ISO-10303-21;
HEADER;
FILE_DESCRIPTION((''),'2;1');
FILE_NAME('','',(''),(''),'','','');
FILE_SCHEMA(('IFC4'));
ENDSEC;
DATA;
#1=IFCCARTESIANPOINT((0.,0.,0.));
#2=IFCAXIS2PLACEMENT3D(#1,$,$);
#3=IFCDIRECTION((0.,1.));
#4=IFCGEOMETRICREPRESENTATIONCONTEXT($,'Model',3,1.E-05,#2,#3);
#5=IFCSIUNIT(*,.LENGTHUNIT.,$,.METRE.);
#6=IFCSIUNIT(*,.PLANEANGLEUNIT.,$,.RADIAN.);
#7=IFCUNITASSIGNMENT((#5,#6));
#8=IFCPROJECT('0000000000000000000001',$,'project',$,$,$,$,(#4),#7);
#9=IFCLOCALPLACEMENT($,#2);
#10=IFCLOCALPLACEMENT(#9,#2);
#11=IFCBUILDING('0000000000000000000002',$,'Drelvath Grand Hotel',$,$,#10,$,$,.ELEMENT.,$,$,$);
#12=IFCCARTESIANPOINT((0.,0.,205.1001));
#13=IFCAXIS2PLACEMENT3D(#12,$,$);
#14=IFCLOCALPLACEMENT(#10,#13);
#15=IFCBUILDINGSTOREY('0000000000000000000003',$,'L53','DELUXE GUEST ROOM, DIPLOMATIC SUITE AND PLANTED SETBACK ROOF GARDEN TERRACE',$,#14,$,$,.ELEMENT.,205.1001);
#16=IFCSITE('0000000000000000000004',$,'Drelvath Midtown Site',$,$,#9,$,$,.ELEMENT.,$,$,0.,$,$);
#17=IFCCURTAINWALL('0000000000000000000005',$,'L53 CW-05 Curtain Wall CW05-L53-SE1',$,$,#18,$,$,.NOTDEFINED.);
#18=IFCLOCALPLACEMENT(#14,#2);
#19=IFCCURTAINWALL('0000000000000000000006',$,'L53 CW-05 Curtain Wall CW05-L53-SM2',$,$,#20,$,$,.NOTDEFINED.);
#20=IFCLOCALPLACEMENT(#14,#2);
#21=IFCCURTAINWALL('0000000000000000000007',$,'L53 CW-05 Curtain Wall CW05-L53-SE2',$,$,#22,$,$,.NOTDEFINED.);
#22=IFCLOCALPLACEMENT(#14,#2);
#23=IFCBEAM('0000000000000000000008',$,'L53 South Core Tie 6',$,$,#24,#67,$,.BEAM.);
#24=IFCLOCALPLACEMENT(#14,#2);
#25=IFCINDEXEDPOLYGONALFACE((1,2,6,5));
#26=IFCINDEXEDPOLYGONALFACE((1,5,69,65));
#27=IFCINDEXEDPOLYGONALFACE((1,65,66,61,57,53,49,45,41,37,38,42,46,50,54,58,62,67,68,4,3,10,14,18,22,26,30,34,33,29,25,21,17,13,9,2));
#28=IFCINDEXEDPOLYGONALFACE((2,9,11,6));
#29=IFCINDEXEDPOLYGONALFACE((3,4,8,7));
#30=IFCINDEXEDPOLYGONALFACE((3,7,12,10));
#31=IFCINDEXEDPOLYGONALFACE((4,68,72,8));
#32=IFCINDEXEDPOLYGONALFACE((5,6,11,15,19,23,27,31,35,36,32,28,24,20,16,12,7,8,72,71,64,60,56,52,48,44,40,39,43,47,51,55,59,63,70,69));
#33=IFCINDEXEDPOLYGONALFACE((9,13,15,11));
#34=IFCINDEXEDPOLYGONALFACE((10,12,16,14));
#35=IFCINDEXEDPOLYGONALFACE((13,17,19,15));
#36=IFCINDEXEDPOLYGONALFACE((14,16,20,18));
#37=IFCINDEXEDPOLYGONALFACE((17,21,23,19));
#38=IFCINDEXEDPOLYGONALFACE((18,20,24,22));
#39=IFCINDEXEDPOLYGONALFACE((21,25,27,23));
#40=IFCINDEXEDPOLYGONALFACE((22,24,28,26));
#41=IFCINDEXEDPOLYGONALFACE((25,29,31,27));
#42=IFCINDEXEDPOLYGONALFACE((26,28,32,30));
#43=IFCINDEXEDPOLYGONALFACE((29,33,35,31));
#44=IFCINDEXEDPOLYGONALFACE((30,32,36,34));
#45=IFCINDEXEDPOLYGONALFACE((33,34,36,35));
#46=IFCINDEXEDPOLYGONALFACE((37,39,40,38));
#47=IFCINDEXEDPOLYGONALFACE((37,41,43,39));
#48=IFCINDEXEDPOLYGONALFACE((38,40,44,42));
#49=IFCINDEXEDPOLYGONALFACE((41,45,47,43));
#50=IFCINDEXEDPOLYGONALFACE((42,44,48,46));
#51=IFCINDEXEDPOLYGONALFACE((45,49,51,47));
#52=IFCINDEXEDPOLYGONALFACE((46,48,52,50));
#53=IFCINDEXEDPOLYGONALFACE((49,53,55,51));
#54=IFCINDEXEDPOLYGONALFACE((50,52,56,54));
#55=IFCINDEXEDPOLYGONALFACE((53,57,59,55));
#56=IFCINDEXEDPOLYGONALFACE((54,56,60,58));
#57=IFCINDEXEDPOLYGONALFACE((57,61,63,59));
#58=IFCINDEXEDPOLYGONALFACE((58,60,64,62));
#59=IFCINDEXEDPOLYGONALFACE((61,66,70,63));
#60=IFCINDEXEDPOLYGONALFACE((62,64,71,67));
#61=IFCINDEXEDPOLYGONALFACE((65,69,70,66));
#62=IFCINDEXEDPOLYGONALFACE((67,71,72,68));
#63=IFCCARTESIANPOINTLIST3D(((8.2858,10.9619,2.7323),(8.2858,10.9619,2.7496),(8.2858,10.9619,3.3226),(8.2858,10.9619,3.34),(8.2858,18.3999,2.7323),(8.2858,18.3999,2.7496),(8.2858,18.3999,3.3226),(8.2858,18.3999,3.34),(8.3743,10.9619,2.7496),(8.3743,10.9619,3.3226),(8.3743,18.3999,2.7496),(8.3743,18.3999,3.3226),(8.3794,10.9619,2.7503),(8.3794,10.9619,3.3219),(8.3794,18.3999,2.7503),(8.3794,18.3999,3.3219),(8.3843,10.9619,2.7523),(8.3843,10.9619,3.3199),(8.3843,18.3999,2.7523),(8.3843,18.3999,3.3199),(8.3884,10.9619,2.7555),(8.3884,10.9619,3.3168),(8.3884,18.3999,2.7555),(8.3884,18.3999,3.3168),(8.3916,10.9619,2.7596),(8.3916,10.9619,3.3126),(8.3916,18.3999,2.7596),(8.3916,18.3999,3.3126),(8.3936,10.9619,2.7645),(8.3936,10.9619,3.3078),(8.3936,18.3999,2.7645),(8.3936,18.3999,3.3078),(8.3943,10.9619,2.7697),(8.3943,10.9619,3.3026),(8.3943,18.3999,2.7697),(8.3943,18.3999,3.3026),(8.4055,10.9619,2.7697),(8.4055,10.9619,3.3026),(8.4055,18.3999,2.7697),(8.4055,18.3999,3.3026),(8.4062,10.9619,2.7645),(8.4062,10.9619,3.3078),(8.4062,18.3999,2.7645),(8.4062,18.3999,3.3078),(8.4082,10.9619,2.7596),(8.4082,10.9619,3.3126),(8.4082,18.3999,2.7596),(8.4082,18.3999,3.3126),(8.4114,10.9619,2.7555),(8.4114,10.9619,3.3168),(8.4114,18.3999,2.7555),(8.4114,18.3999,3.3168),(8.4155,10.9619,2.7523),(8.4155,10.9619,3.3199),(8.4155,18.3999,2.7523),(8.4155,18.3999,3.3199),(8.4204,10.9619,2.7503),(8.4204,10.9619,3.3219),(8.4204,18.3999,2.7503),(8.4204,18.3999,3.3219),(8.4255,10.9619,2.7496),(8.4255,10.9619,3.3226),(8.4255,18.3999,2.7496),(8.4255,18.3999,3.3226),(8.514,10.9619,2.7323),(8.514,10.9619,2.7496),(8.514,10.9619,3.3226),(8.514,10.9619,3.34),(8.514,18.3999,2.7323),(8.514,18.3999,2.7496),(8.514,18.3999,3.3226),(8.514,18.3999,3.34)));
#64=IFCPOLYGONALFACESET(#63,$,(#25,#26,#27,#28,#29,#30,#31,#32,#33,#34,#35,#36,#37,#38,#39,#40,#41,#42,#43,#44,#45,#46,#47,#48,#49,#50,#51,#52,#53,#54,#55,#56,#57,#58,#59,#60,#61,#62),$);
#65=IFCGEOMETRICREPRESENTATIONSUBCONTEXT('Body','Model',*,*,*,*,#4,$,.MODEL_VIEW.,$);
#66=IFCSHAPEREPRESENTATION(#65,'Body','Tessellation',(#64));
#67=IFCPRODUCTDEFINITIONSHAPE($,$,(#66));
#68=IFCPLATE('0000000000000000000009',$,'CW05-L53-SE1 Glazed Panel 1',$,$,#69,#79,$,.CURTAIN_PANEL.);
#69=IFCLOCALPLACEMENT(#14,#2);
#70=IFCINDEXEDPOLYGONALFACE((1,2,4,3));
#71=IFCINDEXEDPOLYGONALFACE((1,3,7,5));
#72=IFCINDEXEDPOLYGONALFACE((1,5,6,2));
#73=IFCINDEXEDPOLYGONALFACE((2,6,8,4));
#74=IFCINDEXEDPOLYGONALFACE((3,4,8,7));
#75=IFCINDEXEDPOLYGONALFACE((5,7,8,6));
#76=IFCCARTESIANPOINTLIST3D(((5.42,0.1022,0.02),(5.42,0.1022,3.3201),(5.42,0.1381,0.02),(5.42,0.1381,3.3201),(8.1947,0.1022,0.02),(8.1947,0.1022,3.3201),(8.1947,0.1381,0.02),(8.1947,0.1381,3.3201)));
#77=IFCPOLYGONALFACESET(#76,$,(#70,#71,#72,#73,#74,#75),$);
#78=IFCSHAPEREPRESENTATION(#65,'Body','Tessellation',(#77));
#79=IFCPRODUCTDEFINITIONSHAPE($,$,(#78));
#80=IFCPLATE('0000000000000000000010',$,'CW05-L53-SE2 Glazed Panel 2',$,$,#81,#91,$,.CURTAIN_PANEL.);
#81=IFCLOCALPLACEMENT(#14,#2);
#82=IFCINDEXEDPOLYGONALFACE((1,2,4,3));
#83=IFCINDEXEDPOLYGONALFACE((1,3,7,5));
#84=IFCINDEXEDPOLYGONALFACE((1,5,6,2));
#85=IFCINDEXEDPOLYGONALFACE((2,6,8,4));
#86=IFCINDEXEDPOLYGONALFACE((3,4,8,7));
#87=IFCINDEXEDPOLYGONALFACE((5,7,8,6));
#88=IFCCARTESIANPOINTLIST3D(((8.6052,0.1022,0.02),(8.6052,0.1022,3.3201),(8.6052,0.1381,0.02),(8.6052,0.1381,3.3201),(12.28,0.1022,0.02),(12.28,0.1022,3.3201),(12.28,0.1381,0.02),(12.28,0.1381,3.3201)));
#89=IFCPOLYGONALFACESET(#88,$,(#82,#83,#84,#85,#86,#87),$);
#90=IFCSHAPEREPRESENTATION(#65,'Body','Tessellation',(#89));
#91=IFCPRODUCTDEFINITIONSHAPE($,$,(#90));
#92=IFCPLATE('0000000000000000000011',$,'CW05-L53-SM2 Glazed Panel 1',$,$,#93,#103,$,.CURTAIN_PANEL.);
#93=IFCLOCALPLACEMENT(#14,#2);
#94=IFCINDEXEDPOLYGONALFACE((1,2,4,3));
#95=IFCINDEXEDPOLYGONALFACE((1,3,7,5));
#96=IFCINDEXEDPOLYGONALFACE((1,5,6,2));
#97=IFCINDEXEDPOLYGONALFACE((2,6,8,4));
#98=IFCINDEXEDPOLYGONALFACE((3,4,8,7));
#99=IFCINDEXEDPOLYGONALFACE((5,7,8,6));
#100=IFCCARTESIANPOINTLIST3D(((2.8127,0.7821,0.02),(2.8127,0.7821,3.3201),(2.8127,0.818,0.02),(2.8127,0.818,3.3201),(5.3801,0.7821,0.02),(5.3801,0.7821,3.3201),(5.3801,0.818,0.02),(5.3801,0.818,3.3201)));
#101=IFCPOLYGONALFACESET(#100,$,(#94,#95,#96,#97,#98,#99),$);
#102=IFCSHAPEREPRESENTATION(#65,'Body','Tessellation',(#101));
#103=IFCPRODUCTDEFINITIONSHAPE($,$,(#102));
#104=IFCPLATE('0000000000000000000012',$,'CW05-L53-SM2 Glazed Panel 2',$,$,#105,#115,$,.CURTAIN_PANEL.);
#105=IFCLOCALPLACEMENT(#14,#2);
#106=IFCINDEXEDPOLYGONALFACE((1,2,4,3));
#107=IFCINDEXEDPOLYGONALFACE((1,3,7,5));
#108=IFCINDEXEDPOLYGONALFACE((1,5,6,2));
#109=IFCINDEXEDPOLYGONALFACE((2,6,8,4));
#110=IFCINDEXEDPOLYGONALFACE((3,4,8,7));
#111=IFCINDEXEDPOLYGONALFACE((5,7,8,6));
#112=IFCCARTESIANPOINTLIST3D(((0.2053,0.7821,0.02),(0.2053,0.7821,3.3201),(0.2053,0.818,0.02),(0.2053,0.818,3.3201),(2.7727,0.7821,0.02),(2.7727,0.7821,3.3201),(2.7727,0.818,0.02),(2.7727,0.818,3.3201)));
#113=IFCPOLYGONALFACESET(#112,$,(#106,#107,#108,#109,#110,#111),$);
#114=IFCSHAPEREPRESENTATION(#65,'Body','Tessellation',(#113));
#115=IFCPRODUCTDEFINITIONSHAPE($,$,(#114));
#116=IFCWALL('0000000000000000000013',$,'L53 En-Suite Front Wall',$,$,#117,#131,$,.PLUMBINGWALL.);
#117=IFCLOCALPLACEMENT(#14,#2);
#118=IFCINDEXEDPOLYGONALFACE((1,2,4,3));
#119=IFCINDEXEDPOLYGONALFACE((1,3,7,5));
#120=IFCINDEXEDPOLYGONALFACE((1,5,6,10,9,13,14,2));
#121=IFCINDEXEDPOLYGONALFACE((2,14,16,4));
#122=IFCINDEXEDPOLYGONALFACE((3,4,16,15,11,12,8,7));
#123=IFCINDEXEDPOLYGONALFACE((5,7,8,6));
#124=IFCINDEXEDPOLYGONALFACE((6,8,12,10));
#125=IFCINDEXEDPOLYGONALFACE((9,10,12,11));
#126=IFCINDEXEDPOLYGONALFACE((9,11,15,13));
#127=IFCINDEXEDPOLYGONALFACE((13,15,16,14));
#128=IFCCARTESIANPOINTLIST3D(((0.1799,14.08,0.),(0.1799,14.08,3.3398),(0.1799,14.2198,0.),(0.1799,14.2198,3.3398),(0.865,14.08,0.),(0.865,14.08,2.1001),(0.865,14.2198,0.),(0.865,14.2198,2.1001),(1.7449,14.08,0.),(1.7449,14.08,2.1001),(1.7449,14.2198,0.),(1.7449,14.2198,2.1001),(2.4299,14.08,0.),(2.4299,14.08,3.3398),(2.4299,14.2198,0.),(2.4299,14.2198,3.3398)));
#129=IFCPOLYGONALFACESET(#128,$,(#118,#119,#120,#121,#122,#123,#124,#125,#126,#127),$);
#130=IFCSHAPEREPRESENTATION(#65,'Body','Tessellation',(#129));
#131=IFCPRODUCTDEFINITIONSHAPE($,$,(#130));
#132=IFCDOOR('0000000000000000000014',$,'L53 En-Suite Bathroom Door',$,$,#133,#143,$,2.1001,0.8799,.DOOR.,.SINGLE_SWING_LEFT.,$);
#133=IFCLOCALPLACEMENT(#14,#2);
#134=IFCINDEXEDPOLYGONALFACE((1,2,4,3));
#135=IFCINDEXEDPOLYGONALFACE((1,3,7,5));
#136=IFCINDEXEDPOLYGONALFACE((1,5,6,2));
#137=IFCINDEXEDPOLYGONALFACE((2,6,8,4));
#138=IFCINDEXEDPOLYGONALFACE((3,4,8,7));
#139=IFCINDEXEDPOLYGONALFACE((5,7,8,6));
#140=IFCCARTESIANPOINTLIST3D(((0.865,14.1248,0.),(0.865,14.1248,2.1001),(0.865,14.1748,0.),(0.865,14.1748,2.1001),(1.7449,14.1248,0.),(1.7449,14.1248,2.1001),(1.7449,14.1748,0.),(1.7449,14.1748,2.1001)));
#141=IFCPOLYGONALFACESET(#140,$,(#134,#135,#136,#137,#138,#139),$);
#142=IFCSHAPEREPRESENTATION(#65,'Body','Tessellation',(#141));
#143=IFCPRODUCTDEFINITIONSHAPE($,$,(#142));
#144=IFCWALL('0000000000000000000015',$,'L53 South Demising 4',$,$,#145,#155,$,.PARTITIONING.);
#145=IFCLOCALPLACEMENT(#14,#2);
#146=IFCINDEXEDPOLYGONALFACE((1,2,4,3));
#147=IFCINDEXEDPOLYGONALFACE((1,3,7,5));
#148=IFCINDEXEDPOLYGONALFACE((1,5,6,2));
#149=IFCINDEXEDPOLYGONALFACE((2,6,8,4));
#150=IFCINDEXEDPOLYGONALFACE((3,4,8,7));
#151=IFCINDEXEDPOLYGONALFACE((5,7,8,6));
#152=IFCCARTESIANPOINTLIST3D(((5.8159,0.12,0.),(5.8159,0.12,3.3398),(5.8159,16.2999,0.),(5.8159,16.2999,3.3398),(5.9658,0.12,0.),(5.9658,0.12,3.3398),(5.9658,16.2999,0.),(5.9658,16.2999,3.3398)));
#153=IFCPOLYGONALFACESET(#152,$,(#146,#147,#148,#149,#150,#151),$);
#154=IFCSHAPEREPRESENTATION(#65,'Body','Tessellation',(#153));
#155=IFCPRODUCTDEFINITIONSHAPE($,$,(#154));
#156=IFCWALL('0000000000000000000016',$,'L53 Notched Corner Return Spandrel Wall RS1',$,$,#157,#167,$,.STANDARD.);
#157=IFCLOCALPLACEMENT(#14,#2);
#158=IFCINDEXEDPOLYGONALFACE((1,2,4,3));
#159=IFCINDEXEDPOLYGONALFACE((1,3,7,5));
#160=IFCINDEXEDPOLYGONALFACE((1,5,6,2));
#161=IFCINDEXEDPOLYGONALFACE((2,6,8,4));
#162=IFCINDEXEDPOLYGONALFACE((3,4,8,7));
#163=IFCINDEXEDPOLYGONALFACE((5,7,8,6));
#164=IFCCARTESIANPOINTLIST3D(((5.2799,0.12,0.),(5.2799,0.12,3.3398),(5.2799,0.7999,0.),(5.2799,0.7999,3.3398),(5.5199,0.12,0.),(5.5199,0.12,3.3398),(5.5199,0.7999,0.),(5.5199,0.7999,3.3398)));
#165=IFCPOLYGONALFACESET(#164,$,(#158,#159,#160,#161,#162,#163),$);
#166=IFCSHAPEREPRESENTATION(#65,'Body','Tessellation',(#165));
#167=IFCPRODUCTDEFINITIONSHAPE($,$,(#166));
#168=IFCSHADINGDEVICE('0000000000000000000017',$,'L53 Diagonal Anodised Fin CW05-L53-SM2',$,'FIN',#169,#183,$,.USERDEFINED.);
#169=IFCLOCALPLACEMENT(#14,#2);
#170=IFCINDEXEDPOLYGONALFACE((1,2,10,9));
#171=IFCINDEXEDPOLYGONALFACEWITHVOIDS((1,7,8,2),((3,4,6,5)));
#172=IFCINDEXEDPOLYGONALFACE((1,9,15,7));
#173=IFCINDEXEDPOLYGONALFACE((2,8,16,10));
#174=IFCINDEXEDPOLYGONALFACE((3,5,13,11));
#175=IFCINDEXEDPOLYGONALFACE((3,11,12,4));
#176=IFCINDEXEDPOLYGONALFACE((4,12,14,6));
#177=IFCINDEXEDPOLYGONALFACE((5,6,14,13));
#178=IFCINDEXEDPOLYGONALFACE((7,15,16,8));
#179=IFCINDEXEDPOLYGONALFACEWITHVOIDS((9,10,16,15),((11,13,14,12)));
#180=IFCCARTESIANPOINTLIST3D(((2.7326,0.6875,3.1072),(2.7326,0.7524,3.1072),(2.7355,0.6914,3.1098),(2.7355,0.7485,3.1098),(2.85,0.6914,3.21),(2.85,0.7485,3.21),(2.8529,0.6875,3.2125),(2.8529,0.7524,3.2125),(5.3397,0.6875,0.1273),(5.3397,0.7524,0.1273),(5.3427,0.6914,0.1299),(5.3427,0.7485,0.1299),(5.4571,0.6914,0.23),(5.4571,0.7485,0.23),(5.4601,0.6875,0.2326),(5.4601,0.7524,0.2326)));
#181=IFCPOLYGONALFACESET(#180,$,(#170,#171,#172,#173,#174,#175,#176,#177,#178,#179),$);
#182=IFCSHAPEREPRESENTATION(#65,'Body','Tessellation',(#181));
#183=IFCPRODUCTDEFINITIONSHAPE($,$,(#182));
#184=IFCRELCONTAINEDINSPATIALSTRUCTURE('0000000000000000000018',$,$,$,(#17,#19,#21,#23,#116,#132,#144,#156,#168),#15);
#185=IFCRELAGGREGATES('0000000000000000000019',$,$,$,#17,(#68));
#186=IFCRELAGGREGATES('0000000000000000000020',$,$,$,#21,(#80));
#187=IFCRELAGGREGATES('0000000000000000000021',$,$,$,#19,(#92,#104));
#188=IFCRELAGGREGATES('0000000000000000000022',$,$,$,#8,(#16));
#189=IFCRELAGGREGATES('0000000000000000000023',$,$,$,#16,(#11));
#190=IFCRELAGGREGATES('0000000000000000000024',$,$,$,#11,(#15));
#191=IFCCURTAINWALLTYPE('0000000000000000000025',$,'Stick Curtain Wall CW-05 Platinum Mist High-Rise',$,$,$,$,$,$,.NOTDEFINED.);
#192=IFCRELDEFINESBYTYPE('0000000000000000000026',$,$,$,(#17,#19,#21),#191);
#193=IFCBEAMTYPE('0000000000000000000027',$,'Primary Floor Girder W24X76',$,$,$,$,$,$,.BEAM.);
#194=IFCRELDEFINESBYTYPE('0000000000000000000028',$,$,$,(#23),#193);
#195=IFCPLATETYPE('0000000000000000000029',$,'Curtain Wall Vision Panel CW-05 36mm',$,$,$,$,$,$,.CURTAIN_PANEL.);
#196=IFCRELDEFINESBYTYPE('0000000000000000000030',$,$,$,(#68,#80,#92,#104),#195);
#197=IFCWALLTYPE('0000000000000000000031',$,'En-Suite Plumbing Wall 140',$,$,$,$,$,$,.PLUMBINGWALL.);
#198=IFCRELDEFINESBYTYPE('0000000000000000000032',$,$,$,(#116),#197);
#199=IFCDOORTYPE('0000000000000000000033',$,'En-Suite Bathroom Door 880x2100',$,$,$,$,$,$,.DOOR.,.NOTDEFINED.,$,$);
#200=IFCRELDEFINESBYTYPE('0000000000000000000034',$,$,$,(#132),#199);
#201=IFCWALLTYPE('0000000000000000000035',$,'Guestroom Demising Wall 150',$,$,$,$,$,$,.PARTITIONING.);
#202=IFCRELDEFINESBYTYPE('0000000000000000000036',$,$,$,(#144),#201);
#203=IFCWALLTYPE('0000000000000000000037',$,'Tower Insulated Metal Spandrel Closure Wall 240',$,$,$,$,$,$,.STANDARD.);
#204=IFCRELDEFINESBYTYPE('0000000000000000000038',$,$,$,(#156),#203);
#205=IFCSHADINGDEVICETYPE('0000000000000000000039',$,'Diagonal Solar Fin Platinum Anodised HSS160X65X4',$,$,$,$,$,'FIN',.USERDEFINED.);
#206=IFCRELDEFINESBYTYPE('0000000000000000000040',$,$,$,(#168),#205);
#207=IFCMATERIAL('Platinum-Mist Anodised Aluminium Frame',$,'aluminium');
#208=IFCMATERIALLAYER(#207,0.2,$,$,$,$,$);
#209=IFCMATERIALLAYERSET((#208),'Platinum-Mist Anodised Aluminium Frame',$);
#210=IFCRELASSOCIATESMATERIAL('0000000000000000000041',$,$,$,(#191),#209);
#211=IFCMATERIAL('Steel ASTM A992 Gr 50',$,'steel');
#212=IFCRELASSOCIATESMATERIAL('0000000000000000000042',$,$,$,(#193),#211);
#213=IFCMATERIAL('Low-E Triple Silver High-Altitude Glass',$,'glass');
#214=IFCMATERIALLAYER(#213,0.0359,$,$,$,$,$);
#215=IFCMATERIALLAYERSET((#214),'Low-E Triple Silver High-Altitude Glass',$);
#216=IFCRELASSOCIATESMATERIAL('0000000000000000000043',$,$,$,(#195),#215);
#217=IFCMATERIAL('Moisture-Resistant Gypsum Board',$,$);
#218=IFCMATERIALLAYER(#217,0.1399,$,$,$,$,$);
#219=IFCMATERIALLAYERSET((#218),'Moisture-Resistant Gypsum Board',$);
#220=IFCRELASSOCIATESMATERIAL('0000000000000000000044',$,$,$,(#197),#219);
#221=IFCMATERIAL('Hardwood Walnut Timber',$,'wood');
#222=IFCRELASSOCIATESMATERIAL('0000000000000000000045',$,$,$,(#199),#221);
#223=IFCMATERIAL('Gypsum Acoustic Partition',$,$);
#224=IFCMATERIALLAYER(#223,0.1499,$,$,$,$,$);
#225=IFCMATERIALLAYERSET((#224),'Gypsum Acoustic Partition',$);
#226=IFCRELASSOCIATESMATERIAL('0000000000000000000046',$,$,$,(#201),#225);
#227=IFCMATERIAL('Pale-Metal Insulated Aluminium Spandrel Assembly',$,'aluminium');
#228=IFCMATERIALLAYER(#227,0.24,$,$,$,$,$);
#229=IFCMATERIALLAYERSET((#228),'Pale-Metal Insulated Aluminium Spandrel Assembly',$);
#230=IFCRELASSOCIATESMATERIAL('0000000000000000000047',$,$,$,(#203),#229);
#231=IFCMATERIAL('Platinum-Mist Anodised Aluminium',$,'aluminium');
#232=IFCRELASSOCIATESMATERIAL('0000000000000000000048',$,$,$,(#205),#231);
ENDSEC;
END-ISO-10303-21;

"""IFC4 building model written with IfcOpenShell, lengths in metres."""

from ifc_helpers import new_model, si_unit, direction, frame, frame_2d, origin, origin_2d, place, context, subcontext, project, spatial, rectangle, hollow_rectangle, i_section, extrude, material, layer, layer_set, material_profile, profile_set, type_object, element, fill, aggregate, save


model = new_model("IFC4")

# Units and contexts
model_context = context("Model", 3, precision=1e-05, world=origin(), true_north=direction((0.0, 1.0)))
body_context = subcontext(model_context, "Body", "Model", "MODEL_VIEW")
ifc_project = project(units=[si_unit("LENGTHUNIT", "METRE"), si_unit("PLANEANGLEUNIT", "RADIAN")], contexts=[model_context])

# Site, building, storey
site_placement = place(None, origin())
site = spatial("IfcSite", under=ifc_project, at=site_placement, Name="Drelvath Midtown Site", CompositionType="ELEMENT", RefElevation=0.0)
building_placement = place(site_placement, origin())
building = spatial("IfcBuilding", under=site, at=building_placement, Name="Drelvath Grand Hotel", CompositionType="ELEMENT")
storey_placement = place(building_placement, frame((0.0, 0.0, 205.1001)))
storey = spatial("IfcBuildingStorey", under=building, at=storey_placement, Name="L53", Description="DELUXE GUEST ROOM, DIPLOMATIC SUITE AND PLANTED SETBACK ROOF GARDEN TERRACE", CompositionType="ELEMENT", Elevation=205.1001)

# Curtain walls
ifc_material_1 = material(Name="Platinum-Mist Anodised Aluminium Frame", Category="aluminium")
ifc_layer_1 = layer(ifc_material_1, 0.2)
ifc_layer_set_1 = layer_set([ifc_layer_1], Name="Platinum-Mist Anodised Aluminium Frame")
curtain_wall_type = type_object("IfcCurtainWallType", Name="Stick Curtain Wall CW-05 Platinum Mist High-Rise", PredefinedType="NOTDEFINED", material=ifc_layer_set_1)
curtain_wall_1_placement = place(storey_placement, origin())
curtain_wall_1 = element("IfcCurtainWall", 1, at=curtain_wall_1_placement, inside=storey, type_object=curtain_wall_type, Name="L53 CW-05 Curtain Wall CW05-L53-SE1", PredefinedType="NOTDEFINED")
curtain_wall_2_placement = place(storey_placement, origin())
curtain_wall_2 = element("IfcCurtainWall", 2, at=curtain_wall_2_placement, inside=storey, type_object=curtain_wall_type, Name="L53 CW-05 Curtain Wall CW05-L53-SM2", PredefinedType="NOTDEFINED")

# Curtain wall
curtain_wall_3_placement = place(storey_placement, origin())
curtain_wall_3 = element("IfcCurtainWall", 3, at=curtain_wall_3_placement, inside=storey, type_object=curtain_wall_type, Name="L53 CW-05 Curtain Wall CW05-L53-SE2", PredefinedType="NOTDEFINED")

# Beam
ifc_material_2 = material(Name="Steel ASTM A992 Gr 50", Category="steel")
ifc_material_profile_1 = material_profile(ifc_material_2, i_section(OverallWidth=0.2283, OverallDepth=0.6077, WebThickness=0.0112, FlangeThickness=0.0173, FilletRadius=0.02, at=origin_2d()), Name="W24X76")
ifc_profile_set_1 = profile_set([ifc_material_profile_1], Name="Steel ASTM A992 Gr 50")
beam_type_1 = type_object("IfcBeamType", Name="Primary Floor Girder W24X76", PredefinedType="BEAM", material=ifc_profile_set_1)
for number, where, z_axis, x_axis, name in (
    (4, (8.3999, 10.9619, 3.0361), (0.0, 1.0, 0.0), (-1.0, 0.0, 0.0), "L53 South Core Tie 6"),
):
    element("IfcBeam", number, at=place(storey_placement, frame(where, z_axis=z_axis, x_axis=x_axis)), inside=storey, type_object=beam_type_1, Name=name, PredefinedType="BEAM", context=body_context, shape_type="SweptSolid", body=[
        extrude(i_section(OverallWidth=0.2283, OverallDepth=0.6077, WebThickness=0.0112, FlangeThickness=0.0173, FilletRadius=0.02, at=origin_2d()), origin(), (0.0, 0.0, 1.0), 7.438),
    ])

# Plates
ifc_material_3 = material(Name="Low-E Triple Silver High-Altitude Glass", Category="glass")
ifc_layer_2 = layer(ifc_material_3, 0.0359)
ifc_layer_set_2 = layer_set([ifc_layer_2], Name="Low-E Triple Silver High-Altitude Glass")
plate_type = type_object("IfcPlateType", Name="Curtain Wall Vision Panel CW-05 36mm", PredefinedType="CURTAIN_PANEL", material=ifc_layer_set_2)
plate_1_placement = place(storey_placement, frame((6.8074, 0.1201, 0.02), z_axis=(0.0, 0.0, 1.0), x_axis=(-1.0, 0.0, 0.0)))
plate_1 = element("IfcPlate", 5, at=plate_1_placement, type_object=plate_type, Name="CW05-L53-SE1 Glazed Panel 1", PredefinedType="CURTAIN_PANEL", context=body_context, shape_type="SweptSolid", body=[
    extrude(rectangle(XDim=2.7747, YDim=0.0359, at=origin_2d()), origin(), (0.0, 0.0, 1.0), 3.3),
])
aggregate(curtain_wall_1, [plate_1])
plate_2_placement = place(storey_placement, frame((10.4426, 0.1201, 0.02), z_axis=(0.0, 0.0, 1.0), x_axis=(-1.0, 0.0, 0.0)))
plate_2 = element("IfcPlate", 6, at=plate_2_placement, type_object=plate_type, Name="CW05-L53-SE2 Glazed Panel 2", PredefinedType="CURTAIN_PANEL", context=body_context, shape_type="SweptSolid", body=[
    extrude(rectangle(XDim=3.6748, YDim=0.0359, at=origin_2d()), origin(), (0.0, 0.0, 1.0), 3.3),
])
aggregate(curtain_wall_3, [plate_2])
plate_3_placement = place(storey_placement, frame((4.0964, 0.8, 0.02), z_axis=(0.0, 0.0, 1.0), x_axis=(-1.0, 0.0, 0.0)))
plate_3 = element("IfcPlate", 7, at=plate_3_placement, type_object=plate_type, Name="CW05-L53-SM2 Glazed Panel 1", PredefinedType="CURTAIN_PANEL", context=body_context, shape_type="SweptSolid", body=[
    extrude(rectangle(XDim=2.5674, YDim=0.0359, at=origin_2d()), origin(), (0.0, 0.0, 1.0), 3.3),
])
plate_4_placement = place(storey_placement, frame((1.489, 0.8, 0.02), z_axis=(0.0, 0.0, 1.0), x_axis=(-1.0, 0.0, 0.0)))
plate_4 = element("IfcPlate", 8, at=plate_4_placement, type_object=plate_type, Name="CW05-L53-SM2 Glazed Panel 2", PredefinedType="CURTAIN_PANEL", context=body_context, shape_type="SweptSolid", body=[
    extrude(rectangle(XDim=2.5674, YDim=0.0359, at=origin_2d()), origin(), (0.0, 0.0, 1.0), 3.3),
])
aggregate(curtain_wall_2, [plate_3, plate_4])

# Wall, opening, door
ifc_material_4 = material(Name="Moisture-Resistant Gypsum Board")
ifc_layer_3 = layer(ifc_material_4, 0.1399)
ifc_layer_set_3 = layer_set([ifc_layer_3], Name="Moisture-Resistant Gypsum Board")
wall_type_1 = type_object("IfcWallType", Name="En-Suite Plumbing Wall 140", PredefinedType="PLUMBINGWALL", material=ifc_layer_set_3)
wall_1_placement = place(storey_placement, frame((0.1799, 14.1499, 0.0), z_axis=(0.0, 0.0, 1.0), x_axis=(1.0, 0.0, 0.0)))
wall_1 = element("IfcWall", 9, at=wall_1_placement, inside=storey, type_object=wall_type_1, Name="L53 En-Suite Front Wall", PredefinedType="PLUMBINGWALL", context=body_context, shape_type="SweptSolid", body=[
    extrude(rectangle(XDim=2.25, YDim=0.1399, at=frame_2d((1.125, 0.0))), origin(), (0.0, 0.0, 1.0), 3.3398),
])
opening_placement = place(wall_1_placement, frame((0.6851, 0.0, 0.0)))
opening = element("IfcOpeningElement", 10, at=opening_placement, cuts=wall_1, PredefinedType="OPENING", context=body_context, shape_type="SweptSolid", body=[
    extrude(rectangle(XDim=0.8799, YDim=2.1001, at=frame_2d((0.4399, 1.05))), frame((0.0, 0.0798, 0.0), z_axis=(0.0, -1.0, 0.0), x_axis=(1.0, 0.0, 0.0)), (0.0, 0.0, 1.0), 0.1599),
])
ifc_material_5 = material(Name="Hardwood Walnut Timber", Category="wood")
door_type = type_object("IfcDoorType", Name="En-Suite Bathroom Door 880x2100", OperationType="NOTDEFINED", PredefinedType="DOOR", material=ifc_material_5)
door_placement = place(opening_placement, origin())
door = element("IfcDoor", 11, at=door_placement, inside=storey, type_object=door_type, Name="L53 En-Suite Bathroom Door", OperationType="SINGLE_SWING_LEFT", OverallHeight=2.1001, OverallWidth=0.8799, PredefinedType="DOOR", context=body_context, shape_type="SweptSolid", body=[
    extrude(rectangle(XDim=0.8799, YDim=2.1001, at=frame_2d((0.4399, 1.05))), frame((0.0, 0.0249, 0.0), z_axis=(0.0, -1.0, 0.0), x_axis=(1.0, 0.0, 0.0)), (0.0, 0.0, 1.0), 0.05),
])
fill(opening, door)

# Walls
ifc_material_6 = material(Name="Gypsum Acoustic Partition")
ifc_layer_4 = layer(ifc_material_6, 0.1499)
ifc_layer_set_4 = layer_set([ifc_layer_4], Name="Gypsum Acoustic Partition")
wall_type_2 = type_object("IfcWallType", Name="Guestroom Demising Wall 150", PredefinedType="PARTITIONING", material=ifc_layer_set_4)
wall_2_placement = place(storey_placement, frame((5.8909, 0.1201, 0.0), z_axis=(0.0, 0.0, 1.0), x_axis=(0.0, 1.0, 0.0)))
element("IfcWall", 12, at=wall_2_placement, inside=storey, type_object=wall_type_2, Name="L53 South Demising 4", PredefinedType="PARTITIONING", context=body_context, shape_type="SweptSolid", body=[
    extrude(rectangle(XDim=16.1799, YDim=0.1499, at=frame_2d((8.0898, 0.0))), origin(), (0.0, 0.0, 1.0), 3.3398),
])
ifc_material_7 = material(Name="Pale-Metal Insulated Aluminium Spandrel Assembly", Category="aluminium")
ifc_layer_5 = layer(ifc_material_7, 0.24)
ifc_layer_set_5 = layer_set([ifc_layer_5], Name="Pale-Metal Insulated Aluminium Spandrel Assembly")
wall_type_3 = type_object("IfcWallType", Name="Tower Insulated Metal Spandrel Closure Wall 240", PredefinedType="STANDARD", material=ifc_layer_set_5)
wall_3_placement = place(storey_placement, frame((5.3999, 0.1201, 0.0), z_axis=(0.0, 0.0, 1.0), x_axis=(0.0, 1.0, 0.0)))
element("IfcWall", 13, at=wall_3_placement, inside=storey, type_object=wall_type_3, Name="L53 Notched Corner Return Spandrel Wall RS1", PredefinedType="STANDARD", context=body_context, shape_type="SweptSolid", body=[
    extrude(rectangle(XDim=0.6799, YDim=0.24, at=frame_2d((0.3398, 0.0))), origin(), (0.0, 0.0, 1.0), 3.3398),
])

# Shading device
ifc_material_8 = material(Name="Platinum-Mist Anodised Aluminium", Category="aluminium")
ifc_material_profile_2 = material_profile(ifc_material_8, hollow_rectangle(XDim=0.0649, YDim=0.1599, WallThickness=0.0039, at=origin_2d()), Name="HSS160X65X4")
ifc_profile_set_2 = profile_set([ifc_material_profile_2], Name="Platinum-Mist Anodised Aluminium")
shading_device_type = type_object("IfcShadingDeviceType", Name="Diagonal Solar Fin Platinum Anodised HSS160X65X4", ElementType="FIN", PredefinedType="USERDEFINED", material=ifc_profile_set_2)
shading_device_placement = place(storey_placement, frame((5.3999, 0.72, 0.1799), z_axis=(-0.658461, 0.0, 0.752615), x_axis=(0.0, -1.0, 0.0)))
element("IfcShadingDevice", 14, at=shading_device_placement, inside=storey, type_object=shading_device_type, Name="L53 Diagonal Anodised Fin CW05-L53-SM2", ObjectType="FIN", PredefinedType="USERDEFINED", context=body_context, shape_type="SweptSolid", body=[
    extrude(hollow_rectangle(XDim=0.0649, YDim=0.1599, WallThickness=0.0039, at=origin_2d()), origin(), (0.0, 0.0, 1.0), 3.9595),
])

save(model, "model.ifc")
